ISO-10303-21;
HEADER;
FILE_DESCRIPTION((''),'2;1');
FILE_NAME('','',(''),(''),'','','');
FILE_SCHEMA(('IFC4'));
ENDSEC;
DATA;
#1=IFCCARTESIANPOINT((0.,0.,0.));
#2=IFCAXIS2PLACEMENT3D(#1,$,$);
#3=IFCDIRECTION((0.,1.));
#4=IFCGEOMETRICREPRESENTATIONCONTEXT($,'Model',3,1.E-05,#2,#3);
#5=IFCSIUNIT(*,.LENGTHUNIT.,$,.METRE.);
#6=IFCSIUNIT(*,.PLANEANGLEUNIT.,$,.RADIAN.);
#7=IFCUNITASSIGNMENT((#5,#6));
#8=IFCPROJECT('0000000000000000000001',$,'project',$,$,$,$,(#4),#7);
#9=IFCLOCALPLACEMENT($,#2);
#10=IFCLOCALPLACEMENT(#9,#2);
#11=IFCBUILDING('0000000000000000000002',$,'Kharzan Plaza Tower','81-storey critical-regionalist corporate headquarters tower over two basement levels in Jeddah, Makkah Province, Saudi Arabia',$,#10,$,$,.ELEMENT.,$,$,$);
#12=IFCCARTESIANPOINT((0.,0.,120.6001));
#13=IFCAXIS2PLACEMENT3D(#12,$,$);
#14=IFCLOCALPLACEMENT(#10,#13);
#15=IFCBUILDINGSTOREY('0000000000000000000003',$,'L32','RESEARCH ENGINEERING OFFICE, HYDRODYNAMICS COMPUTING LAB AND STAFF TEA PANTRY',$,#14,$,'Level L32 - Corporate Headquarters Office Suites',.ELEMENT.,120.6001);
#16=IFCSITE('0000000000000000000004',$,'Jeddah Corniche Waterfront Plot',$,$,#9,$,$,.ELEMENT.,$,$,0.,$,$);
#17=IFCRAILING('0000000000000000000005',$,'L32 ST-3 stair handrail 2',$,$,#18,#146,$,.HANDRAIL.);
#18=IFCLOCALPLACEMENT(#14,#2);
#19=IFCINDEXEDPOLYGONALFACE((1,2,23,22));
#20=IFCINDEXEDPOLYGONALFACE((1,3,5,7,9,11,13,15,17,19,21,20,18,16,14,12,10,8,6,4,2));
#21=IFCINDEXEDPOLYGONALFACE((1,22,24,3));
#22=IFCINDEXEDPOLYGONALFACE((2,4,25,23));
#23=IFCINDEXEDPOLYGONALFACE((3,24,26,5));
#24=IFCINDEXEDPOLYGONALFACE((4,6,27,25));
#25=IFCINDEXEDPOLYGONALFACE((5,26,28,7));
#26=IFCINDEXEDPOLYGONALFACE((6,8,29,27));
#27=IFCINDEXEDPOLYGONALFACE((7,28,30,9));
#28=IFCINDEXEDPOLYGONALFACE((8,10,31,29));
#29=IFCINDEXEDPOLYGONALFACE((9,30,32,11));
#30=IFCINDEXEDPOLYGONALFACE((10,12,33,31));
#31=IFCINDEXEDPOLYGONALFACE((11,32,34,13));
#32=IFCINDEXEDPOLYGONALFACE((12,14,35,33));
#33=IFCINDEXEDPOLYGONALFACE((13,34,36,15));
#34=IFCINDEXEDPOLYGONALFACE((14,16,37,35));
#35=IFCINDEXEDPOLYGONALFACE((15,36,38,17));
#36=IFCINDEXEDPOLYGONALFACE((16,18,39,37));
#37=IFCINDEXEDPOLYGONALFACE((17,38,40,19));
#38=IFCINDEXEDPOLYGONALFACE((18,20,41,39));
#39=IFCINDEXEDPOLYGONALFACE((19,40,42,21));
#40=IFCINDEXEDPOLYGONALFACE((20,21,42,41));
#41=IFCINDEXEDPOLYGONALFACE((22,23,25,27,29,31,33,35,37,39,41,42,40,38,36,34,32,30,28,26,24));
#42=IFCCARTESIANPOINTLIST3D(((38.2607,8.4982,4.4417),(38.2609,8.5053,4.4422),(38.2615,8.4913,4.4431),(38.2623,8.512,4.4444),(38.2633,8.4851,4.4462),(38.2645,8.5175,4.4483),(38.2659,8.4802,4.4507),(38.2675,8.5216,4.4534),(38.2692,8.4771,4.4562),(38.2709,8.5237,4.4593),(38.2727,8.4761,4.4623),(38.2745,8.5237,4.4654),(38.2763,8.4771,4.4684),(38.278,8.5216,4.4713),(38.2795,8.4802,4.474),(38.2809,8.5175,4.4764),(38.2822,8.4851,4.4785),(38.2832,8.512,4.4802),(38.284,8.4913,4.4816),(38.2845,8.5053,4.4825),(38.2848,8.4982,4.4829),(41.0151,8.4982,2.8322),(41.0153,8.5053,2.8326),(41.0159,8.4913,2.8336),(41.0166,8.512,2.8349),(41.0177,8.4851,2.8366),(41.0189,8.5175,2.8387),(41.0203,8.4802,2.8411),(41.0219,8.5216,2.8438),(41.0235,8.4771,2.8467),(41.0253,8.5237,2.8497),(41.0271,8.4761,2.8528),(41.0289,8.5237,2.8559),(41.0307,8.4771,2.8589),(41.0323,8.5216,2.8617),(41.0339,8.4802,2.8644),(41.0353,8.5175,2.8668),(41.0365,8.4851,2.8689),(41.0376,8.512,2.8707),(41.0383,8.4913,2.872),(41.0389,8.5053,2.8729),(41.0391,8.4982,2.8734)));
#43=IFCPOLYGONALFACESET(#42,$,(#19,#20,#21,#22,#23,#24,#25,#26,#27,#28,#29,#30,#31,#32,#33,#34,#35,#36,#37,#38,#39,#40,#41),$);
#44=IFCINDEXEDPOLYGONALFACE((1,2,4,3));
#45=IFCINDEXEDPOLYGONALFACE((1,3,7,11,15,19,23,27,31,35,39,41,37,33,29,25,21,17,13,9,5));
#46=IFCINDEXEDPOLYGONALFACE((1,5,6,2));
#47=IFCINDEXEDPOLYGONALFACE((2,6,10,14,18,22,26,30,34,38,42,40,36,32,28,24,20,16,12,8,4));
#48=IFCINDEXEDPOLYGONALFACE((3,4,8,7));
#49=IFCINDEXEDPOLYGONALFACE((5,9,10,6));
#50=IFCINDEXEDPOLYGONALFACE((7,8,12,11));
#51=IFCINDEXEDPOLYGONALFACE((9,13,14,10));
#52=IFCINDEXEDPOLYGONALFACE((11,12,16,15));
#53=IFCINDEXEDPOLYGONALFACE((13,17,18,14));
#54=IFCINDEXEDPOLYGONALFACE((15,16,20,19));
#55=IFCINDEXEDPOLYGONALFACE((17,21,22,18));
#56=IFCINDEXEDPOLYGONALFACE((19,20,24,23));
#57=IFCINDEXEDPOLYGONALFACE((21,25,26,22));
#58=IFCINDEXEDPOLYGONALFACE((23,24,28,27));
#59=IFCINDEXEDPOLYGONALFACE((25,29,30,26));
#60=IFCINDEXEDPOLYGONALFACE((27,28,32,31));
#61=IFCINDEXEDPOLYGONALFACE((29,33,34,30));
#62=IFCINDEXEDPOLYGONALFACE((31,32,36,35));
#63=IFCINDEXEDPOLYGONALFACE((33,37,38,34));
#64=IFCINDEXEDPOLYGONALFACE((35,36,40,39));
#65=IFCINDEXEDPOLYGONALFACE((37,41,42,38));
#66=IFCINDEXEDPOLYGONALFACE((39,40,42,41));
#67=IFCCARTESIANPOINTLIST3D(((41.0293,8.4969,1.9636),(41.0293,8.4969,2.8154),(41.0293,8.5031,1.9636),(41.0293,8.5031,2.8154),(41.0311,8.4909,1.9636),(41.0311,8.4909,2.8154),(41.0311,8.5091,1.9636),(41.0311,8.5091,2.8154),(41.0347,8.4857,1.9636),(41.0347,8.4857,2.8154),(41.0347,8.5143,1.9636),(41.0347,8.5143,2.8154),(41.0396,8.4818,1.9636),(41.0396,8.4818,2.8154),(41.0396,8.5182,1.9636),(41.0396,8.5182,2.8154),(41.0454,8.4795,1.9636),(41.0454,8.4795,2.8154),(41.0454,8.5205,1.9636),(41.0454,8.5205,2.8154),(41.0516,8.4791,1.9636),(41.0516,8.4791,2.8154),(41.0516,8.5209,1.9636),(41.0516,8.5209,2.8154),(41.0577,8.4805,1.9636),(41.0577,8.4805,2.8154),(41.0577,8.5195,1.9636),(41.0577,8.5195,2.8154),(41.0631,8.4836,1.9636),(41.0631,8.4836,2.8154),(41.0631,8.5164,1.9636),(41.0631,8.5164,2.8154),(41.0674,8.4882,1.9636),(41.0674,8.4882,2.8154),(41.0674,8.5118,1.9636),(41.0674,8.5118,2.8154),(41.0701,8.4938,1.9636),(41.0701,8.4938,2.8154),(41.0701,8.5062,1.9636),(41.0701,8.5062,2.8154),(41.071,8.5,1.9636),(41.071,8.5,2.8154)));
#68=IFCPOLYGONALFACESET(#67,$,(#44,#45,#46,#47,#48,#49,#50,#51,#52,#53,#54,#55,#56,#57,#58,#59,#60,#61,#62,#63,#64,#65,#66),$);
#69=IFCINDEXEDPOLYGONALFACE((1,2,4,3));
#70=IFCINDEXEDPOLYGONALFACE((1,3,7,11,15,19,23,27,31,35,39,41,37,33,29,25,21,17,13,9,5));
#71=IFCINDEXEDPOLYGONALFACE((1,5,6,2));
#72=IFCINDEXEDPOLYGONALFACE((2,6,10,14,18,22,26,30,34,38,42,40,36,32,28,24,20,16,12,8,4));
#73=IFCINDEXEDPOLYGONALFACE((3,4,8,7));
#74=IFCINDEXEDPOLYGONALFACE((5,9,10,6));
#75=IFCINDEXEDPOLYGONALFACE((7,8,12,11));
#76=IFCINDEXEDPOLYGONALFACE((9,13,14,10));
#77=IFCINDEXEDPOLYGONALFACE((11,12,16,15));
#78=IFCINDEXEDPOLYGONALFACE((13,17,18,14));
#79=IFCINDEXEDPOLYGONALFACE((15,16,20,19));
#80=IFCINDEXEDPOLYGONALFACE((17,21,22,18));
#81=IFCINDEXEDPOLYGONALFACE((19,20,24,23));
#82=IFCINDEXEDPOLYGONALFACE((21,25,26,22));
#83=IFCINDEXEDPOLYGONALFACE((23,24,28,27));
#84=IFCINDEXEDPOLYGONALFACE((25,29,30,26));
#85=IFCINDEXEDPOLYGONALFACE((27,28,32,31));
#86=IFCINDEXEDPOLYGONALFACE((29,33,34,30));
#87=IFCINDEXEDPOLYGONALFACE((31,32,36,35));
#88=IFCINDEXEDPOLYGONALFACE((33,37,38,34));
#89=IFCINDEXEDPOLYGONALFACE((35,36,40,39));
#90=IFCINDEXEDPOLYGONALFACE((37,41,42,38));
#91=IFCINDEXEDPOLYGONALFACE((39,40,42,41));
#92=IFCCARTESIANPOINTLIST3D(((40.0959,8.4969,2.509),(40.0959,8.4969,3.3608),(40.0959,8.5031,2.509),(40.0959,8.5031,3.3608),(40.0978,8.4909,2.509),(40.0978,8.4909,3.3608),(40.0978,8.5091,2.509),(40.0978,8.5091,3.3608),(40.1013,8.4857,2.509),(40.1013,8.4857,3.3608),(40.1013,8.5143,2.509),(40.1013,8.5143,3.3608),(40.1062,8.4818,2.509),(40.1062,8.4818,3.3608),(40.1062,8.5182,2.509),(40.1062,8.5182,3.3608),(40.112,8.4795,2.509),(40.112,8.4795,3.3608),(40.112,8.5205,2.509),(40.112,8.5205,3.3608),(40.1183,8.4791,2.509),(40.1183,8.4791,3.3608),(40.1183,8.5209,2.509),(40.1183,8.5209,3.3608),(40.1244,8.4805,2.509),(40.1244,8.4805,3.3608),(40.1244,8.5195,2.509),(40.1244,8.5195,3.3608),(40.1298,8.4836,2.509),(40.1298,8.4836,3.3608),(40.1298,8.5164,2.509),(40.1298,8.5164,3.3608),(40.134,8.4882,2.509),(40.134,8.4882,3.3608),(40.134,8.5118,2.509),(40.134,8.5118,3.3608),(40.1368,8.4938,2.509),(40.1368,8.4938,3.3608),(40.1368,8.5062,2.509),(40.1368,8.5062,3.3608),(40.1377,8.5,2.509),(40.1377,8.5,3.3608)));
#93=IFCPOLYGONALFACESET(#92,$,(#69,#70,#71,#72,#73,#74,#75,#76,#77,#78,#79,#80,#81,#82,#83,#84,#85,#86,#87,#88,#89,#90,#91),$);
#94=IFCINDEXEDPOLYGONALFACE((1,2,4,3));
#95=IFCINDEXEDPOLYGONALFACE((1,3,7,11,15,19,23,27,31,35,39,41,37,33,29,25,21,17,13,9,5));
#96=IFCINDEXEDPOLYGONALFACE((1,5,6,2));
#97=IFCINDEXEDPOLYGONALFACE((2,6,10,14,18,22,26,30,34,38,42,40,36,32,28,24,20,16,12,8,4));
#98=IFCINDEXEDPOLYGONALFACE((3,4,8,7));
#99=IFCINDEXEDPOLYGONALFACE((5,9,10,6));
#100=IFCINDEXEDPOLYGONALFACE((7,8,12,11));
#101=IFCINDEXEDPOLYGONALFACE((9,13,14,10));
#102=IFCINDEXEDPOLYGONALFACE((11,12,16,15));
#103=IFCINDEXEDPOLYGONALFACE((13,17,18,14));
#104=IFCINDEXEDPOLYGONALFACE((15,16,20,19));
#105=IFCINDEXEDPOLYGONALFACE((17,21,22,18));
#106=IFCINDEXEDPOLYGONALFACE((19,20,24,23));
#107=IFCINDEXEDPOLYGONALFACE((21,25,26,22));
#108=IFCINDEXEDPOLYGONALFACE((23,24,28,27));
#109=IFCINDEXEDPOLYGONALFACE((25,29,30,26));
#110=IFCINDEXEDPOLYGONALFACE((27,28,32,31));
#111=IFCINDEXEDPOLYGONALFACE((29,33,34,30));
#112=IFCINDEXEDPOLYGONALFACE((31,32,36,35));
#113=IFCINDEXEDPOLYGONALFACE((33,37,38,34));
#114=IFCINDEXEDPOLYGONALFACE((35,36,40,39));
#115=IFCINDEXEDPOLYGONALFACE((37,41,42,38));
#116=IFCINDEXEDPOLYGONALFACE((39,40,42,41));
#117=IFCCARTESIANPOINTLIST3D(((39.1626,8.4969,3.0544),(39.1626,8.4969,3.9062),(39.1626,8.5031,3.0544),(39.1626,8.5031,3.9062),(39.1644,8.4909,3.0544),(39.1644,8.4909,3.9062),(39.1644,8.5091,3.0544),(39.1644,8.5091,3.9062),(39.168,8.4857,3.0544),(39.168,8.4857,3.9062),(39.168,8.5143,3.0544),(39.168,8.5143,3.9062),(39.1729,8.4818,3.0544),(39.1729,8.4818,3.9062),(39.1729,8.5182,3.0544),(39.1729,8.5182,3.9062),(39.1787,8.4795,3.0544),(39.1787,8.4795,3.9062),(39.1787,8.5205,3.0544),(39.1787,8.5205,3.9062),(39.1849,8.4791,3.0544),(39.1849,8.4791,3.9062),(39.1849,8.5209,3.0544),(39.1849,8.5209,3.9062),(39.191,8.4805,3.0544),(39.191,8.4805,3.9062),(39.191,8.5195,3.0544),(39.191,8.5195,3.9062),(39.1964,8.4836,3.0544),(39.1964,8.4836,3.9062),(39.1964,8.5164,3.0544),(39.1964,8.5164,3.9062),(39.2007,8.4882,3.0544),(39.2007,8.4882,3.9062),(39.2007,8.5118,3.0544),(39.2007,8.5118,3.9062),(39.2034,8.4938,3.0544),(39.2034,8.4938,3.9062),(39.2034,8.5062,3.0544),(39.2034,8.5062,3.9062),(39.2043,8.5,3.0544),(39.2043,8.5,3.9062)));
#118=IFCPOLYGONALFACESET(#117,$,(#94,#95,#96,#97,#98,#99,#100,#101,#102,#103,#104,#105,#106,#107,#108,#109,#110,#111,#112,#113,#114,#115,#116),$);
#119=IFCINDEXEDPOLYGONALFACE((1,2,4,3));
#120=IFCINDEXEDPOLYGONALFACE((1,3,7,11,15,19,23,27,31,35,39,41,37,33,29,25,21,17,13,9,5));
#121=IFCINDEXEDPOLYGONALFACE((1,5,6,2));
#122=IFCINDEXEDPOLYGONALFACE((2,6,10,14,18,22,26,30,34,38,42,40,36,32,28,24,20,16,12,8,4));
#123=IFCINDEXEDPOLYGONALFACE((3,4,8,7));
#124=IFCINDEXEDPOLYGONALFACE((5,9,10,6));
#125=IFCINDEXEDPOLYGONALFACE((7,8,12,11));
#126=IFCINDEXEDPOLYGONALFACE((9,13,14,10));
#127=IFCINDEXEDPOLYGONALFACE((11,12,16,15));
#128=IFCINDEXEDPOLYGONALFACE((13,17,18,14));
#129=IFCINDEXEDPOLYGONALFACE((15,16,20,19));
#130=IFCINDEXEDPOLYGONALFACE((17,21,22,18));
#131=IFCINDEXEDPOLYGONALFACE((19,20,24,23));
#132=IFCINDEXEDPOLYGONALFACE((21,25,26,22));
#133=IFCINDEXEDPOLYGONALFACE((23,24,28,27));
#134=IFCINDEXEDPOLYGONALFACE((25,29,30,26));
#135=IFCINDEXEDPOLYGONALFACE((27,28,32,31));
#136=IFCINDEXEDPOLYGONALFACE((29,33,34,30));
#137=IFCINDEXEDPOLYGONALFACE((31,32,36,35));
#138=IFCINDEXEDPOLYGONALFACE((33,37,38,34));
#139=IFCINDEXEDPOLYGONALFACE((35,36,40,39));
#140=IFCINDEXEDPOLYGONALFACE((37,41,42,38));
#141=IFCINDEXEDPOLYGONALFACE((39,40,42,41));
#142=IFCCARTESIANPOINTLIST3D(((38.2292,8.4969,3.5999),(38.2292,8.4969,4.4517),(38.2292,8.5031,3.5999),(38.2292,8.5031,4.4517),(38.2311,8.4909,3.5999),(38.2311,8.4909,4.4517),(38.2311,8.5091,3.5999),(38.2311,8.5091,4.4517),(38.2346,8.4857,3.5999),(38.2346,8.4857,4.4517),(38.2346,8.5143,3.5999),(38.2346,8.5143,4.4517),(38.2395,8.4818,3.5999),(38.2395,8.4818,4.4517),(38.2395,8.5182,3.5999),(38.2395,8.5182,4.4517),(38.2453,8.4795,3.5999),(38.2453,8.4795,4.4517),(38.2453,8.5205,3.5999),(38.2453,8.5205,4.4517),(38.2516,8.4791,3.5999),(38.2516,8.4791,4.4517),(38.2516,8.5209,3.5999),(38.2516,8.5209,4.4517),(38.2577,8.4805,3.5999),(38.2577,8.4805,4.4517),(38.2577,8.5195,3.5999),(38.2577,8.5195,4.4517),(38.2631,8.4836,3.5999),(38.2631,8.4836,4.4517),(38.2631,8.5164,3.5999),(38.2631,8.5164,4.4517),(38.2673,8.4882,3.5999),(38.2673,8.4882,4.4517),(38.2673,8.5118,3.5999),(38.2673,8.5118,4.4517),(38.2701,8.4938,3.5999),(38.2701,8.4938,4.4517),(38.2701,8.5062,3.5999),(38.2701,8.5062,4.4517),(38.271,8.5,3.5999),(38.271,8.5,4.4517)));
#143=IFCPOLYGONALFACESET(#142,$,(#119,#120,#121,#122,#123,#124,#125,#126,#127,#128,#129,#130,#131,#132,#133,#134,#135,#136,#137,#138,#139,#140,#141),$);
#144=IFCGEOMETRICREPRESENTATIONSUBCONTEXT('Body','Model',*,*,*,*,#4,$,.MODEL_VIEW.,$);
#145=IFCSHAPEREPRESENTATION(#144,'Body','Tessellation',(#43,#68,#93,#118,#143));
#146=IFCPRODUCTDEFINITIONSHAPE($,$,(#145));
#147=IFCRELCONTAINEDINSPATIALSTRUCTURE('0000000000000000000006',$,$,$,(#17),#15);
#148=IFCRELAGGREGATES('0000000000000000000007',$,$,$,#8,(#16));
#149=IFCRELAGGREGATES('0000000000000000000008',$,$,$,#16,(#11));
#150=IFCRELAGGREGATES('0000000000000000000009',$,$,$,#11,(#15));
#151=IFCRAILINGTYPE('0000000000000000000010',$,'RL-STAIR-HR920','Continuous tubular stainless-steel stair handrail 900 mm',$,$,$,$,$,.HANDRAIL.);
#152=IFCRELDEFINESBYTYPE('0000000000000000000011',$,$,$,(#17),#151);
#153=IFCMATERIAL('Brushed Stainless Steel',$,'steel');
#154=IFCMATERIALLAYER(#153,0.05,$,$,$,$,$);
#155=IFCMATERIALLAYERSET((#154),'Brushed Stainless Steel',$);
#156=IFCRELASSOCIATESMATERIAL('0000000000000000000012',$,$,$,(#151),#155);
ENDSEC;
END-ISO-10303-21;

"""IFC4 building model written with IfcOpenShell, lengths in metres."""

from ifc_helpers import new_model, si_unit, direction, frame, origin, origin_2d, place, context, subcontext, project, spatial, circle, extrude, source, transform, mapped, material, layer, layer_set, type_object, element, save


model = new_model("IFC4")

# Units and contexts
model_context = context("Model", 3, precision=1e-05, world=origin(), true_north=direction((0.0, 1.0)))
body_context = subcontext(model_context, "Body", "Model", "MODEL_VIEW")
ifc_project = project(units=[si_unit("LENGTHUNIT", "METRE"), si_unit("PLANEANGLEUNIT", "RADIAN")], contexts=[model_context])

# Site, building, storey
site_placement = place(None, origin())
site = spatial("IfcSite", under=ifc_project, at=site_placement, Name="Jeddah Corniche Waterfront Plot", CompositionType="ELEMENT", RefElevation=0.0)
building_placement = place(site_placement, origin())
building = spatial("IfcBuilding", under=site, at=building_placement, Name="Kharzan Plaza Tower", Description="81-storey critical-regionalist corporate headquarters tower over two basement levels in Jeddah, Makkah Province, Saudi Arabia", CompositionType="ELEMENT")
storey_placement = place(building_placement, frame((0.0, 0.0, 120.6001)))
storey = spatial("IfcBuildingStorey", under=building, at=storey_placement, Name="L32", Description="RESEARCH ENGINEERING OFFICE, HYDRODYNAMICS COMPUTING LAB AND STAFF TEA PANTRY", LongName="Level L32 - Corporate Headquarters Office Suites", CompositionType="ELEMENT", Elevation=120.6001)

# Shared definitions
ifc_material_1 = material(Name="Brushed Stainless Steel", Category="steel")

# Railing
ifc_layer_1 = layer(ifc_material_1, 0.05)
ifc_layer_set_1 = layer_set([ifc_layer_1], Name="Brushed Stainless Steel")
railing_type_1 = type_object("IfcRailingType", Name="RL-STAIR-HR920", Description="Continuous tubular stainless-steel stair handrail 900 mm", PredefinedType="HANDRAIL", material=ifc_layer_set_1)
shared_shape_1 = source(origin(), body_context, "Body", "SweptSolid", [
    extrude(circle(Radius=0.0239, at=origin_2d()), frame((-0.0229, 0.0, 0.8892), z_axis=(-0.863394, 0.0, 0.504531), x_axis=(0.0, -1.0, 0.0)), (0.0, 0.0, 1.0), 3.1902),
    extrude(circle(Radius=0.021, at=origin_2d()), origin(), (0.0, 0.0, 1.0), 0.8518),
    extrude(circle(Radius=0.021, at=origin_2d()), frame((-0.9333, 0.0, 0.5454)), (0.0, 0.0, 1.0), 0.8518),
    extrude(circle(Radius=0.021, at=origin_2d()), frame((-1.8667, 0.0, 1.0908)), (0.0, 0.0, 1.0), 0.8518),
    extrude(circle(Radius=0.021, at=origin_2d()), frame((-2.8, 0.0, 1.6362)), (0.0, 0.0, 1.0), 0.8518),
])
railing_1_placement = place(storey_placement, frame((41.05, 8.5, 1.9636)))
element("IfcRailing", 1, at=railing_1_placement, inside=storey, type_object=railing_type_1, Name="L32 ST-3 stair handrail 2", PredefinedType="HANDRAIL", context=body_context, shape_type="MappedRepresentation", body=[
    mapped(shared_shape_1, transform((0.0, 0.0, 0.0), x_axis=(1.0, 0.0, 0.0), y_axis=(0.0, 1.0, 0.0), z_axis=(0.0, 0.0, 1.0))),
])

save(model, "model.ifc")
